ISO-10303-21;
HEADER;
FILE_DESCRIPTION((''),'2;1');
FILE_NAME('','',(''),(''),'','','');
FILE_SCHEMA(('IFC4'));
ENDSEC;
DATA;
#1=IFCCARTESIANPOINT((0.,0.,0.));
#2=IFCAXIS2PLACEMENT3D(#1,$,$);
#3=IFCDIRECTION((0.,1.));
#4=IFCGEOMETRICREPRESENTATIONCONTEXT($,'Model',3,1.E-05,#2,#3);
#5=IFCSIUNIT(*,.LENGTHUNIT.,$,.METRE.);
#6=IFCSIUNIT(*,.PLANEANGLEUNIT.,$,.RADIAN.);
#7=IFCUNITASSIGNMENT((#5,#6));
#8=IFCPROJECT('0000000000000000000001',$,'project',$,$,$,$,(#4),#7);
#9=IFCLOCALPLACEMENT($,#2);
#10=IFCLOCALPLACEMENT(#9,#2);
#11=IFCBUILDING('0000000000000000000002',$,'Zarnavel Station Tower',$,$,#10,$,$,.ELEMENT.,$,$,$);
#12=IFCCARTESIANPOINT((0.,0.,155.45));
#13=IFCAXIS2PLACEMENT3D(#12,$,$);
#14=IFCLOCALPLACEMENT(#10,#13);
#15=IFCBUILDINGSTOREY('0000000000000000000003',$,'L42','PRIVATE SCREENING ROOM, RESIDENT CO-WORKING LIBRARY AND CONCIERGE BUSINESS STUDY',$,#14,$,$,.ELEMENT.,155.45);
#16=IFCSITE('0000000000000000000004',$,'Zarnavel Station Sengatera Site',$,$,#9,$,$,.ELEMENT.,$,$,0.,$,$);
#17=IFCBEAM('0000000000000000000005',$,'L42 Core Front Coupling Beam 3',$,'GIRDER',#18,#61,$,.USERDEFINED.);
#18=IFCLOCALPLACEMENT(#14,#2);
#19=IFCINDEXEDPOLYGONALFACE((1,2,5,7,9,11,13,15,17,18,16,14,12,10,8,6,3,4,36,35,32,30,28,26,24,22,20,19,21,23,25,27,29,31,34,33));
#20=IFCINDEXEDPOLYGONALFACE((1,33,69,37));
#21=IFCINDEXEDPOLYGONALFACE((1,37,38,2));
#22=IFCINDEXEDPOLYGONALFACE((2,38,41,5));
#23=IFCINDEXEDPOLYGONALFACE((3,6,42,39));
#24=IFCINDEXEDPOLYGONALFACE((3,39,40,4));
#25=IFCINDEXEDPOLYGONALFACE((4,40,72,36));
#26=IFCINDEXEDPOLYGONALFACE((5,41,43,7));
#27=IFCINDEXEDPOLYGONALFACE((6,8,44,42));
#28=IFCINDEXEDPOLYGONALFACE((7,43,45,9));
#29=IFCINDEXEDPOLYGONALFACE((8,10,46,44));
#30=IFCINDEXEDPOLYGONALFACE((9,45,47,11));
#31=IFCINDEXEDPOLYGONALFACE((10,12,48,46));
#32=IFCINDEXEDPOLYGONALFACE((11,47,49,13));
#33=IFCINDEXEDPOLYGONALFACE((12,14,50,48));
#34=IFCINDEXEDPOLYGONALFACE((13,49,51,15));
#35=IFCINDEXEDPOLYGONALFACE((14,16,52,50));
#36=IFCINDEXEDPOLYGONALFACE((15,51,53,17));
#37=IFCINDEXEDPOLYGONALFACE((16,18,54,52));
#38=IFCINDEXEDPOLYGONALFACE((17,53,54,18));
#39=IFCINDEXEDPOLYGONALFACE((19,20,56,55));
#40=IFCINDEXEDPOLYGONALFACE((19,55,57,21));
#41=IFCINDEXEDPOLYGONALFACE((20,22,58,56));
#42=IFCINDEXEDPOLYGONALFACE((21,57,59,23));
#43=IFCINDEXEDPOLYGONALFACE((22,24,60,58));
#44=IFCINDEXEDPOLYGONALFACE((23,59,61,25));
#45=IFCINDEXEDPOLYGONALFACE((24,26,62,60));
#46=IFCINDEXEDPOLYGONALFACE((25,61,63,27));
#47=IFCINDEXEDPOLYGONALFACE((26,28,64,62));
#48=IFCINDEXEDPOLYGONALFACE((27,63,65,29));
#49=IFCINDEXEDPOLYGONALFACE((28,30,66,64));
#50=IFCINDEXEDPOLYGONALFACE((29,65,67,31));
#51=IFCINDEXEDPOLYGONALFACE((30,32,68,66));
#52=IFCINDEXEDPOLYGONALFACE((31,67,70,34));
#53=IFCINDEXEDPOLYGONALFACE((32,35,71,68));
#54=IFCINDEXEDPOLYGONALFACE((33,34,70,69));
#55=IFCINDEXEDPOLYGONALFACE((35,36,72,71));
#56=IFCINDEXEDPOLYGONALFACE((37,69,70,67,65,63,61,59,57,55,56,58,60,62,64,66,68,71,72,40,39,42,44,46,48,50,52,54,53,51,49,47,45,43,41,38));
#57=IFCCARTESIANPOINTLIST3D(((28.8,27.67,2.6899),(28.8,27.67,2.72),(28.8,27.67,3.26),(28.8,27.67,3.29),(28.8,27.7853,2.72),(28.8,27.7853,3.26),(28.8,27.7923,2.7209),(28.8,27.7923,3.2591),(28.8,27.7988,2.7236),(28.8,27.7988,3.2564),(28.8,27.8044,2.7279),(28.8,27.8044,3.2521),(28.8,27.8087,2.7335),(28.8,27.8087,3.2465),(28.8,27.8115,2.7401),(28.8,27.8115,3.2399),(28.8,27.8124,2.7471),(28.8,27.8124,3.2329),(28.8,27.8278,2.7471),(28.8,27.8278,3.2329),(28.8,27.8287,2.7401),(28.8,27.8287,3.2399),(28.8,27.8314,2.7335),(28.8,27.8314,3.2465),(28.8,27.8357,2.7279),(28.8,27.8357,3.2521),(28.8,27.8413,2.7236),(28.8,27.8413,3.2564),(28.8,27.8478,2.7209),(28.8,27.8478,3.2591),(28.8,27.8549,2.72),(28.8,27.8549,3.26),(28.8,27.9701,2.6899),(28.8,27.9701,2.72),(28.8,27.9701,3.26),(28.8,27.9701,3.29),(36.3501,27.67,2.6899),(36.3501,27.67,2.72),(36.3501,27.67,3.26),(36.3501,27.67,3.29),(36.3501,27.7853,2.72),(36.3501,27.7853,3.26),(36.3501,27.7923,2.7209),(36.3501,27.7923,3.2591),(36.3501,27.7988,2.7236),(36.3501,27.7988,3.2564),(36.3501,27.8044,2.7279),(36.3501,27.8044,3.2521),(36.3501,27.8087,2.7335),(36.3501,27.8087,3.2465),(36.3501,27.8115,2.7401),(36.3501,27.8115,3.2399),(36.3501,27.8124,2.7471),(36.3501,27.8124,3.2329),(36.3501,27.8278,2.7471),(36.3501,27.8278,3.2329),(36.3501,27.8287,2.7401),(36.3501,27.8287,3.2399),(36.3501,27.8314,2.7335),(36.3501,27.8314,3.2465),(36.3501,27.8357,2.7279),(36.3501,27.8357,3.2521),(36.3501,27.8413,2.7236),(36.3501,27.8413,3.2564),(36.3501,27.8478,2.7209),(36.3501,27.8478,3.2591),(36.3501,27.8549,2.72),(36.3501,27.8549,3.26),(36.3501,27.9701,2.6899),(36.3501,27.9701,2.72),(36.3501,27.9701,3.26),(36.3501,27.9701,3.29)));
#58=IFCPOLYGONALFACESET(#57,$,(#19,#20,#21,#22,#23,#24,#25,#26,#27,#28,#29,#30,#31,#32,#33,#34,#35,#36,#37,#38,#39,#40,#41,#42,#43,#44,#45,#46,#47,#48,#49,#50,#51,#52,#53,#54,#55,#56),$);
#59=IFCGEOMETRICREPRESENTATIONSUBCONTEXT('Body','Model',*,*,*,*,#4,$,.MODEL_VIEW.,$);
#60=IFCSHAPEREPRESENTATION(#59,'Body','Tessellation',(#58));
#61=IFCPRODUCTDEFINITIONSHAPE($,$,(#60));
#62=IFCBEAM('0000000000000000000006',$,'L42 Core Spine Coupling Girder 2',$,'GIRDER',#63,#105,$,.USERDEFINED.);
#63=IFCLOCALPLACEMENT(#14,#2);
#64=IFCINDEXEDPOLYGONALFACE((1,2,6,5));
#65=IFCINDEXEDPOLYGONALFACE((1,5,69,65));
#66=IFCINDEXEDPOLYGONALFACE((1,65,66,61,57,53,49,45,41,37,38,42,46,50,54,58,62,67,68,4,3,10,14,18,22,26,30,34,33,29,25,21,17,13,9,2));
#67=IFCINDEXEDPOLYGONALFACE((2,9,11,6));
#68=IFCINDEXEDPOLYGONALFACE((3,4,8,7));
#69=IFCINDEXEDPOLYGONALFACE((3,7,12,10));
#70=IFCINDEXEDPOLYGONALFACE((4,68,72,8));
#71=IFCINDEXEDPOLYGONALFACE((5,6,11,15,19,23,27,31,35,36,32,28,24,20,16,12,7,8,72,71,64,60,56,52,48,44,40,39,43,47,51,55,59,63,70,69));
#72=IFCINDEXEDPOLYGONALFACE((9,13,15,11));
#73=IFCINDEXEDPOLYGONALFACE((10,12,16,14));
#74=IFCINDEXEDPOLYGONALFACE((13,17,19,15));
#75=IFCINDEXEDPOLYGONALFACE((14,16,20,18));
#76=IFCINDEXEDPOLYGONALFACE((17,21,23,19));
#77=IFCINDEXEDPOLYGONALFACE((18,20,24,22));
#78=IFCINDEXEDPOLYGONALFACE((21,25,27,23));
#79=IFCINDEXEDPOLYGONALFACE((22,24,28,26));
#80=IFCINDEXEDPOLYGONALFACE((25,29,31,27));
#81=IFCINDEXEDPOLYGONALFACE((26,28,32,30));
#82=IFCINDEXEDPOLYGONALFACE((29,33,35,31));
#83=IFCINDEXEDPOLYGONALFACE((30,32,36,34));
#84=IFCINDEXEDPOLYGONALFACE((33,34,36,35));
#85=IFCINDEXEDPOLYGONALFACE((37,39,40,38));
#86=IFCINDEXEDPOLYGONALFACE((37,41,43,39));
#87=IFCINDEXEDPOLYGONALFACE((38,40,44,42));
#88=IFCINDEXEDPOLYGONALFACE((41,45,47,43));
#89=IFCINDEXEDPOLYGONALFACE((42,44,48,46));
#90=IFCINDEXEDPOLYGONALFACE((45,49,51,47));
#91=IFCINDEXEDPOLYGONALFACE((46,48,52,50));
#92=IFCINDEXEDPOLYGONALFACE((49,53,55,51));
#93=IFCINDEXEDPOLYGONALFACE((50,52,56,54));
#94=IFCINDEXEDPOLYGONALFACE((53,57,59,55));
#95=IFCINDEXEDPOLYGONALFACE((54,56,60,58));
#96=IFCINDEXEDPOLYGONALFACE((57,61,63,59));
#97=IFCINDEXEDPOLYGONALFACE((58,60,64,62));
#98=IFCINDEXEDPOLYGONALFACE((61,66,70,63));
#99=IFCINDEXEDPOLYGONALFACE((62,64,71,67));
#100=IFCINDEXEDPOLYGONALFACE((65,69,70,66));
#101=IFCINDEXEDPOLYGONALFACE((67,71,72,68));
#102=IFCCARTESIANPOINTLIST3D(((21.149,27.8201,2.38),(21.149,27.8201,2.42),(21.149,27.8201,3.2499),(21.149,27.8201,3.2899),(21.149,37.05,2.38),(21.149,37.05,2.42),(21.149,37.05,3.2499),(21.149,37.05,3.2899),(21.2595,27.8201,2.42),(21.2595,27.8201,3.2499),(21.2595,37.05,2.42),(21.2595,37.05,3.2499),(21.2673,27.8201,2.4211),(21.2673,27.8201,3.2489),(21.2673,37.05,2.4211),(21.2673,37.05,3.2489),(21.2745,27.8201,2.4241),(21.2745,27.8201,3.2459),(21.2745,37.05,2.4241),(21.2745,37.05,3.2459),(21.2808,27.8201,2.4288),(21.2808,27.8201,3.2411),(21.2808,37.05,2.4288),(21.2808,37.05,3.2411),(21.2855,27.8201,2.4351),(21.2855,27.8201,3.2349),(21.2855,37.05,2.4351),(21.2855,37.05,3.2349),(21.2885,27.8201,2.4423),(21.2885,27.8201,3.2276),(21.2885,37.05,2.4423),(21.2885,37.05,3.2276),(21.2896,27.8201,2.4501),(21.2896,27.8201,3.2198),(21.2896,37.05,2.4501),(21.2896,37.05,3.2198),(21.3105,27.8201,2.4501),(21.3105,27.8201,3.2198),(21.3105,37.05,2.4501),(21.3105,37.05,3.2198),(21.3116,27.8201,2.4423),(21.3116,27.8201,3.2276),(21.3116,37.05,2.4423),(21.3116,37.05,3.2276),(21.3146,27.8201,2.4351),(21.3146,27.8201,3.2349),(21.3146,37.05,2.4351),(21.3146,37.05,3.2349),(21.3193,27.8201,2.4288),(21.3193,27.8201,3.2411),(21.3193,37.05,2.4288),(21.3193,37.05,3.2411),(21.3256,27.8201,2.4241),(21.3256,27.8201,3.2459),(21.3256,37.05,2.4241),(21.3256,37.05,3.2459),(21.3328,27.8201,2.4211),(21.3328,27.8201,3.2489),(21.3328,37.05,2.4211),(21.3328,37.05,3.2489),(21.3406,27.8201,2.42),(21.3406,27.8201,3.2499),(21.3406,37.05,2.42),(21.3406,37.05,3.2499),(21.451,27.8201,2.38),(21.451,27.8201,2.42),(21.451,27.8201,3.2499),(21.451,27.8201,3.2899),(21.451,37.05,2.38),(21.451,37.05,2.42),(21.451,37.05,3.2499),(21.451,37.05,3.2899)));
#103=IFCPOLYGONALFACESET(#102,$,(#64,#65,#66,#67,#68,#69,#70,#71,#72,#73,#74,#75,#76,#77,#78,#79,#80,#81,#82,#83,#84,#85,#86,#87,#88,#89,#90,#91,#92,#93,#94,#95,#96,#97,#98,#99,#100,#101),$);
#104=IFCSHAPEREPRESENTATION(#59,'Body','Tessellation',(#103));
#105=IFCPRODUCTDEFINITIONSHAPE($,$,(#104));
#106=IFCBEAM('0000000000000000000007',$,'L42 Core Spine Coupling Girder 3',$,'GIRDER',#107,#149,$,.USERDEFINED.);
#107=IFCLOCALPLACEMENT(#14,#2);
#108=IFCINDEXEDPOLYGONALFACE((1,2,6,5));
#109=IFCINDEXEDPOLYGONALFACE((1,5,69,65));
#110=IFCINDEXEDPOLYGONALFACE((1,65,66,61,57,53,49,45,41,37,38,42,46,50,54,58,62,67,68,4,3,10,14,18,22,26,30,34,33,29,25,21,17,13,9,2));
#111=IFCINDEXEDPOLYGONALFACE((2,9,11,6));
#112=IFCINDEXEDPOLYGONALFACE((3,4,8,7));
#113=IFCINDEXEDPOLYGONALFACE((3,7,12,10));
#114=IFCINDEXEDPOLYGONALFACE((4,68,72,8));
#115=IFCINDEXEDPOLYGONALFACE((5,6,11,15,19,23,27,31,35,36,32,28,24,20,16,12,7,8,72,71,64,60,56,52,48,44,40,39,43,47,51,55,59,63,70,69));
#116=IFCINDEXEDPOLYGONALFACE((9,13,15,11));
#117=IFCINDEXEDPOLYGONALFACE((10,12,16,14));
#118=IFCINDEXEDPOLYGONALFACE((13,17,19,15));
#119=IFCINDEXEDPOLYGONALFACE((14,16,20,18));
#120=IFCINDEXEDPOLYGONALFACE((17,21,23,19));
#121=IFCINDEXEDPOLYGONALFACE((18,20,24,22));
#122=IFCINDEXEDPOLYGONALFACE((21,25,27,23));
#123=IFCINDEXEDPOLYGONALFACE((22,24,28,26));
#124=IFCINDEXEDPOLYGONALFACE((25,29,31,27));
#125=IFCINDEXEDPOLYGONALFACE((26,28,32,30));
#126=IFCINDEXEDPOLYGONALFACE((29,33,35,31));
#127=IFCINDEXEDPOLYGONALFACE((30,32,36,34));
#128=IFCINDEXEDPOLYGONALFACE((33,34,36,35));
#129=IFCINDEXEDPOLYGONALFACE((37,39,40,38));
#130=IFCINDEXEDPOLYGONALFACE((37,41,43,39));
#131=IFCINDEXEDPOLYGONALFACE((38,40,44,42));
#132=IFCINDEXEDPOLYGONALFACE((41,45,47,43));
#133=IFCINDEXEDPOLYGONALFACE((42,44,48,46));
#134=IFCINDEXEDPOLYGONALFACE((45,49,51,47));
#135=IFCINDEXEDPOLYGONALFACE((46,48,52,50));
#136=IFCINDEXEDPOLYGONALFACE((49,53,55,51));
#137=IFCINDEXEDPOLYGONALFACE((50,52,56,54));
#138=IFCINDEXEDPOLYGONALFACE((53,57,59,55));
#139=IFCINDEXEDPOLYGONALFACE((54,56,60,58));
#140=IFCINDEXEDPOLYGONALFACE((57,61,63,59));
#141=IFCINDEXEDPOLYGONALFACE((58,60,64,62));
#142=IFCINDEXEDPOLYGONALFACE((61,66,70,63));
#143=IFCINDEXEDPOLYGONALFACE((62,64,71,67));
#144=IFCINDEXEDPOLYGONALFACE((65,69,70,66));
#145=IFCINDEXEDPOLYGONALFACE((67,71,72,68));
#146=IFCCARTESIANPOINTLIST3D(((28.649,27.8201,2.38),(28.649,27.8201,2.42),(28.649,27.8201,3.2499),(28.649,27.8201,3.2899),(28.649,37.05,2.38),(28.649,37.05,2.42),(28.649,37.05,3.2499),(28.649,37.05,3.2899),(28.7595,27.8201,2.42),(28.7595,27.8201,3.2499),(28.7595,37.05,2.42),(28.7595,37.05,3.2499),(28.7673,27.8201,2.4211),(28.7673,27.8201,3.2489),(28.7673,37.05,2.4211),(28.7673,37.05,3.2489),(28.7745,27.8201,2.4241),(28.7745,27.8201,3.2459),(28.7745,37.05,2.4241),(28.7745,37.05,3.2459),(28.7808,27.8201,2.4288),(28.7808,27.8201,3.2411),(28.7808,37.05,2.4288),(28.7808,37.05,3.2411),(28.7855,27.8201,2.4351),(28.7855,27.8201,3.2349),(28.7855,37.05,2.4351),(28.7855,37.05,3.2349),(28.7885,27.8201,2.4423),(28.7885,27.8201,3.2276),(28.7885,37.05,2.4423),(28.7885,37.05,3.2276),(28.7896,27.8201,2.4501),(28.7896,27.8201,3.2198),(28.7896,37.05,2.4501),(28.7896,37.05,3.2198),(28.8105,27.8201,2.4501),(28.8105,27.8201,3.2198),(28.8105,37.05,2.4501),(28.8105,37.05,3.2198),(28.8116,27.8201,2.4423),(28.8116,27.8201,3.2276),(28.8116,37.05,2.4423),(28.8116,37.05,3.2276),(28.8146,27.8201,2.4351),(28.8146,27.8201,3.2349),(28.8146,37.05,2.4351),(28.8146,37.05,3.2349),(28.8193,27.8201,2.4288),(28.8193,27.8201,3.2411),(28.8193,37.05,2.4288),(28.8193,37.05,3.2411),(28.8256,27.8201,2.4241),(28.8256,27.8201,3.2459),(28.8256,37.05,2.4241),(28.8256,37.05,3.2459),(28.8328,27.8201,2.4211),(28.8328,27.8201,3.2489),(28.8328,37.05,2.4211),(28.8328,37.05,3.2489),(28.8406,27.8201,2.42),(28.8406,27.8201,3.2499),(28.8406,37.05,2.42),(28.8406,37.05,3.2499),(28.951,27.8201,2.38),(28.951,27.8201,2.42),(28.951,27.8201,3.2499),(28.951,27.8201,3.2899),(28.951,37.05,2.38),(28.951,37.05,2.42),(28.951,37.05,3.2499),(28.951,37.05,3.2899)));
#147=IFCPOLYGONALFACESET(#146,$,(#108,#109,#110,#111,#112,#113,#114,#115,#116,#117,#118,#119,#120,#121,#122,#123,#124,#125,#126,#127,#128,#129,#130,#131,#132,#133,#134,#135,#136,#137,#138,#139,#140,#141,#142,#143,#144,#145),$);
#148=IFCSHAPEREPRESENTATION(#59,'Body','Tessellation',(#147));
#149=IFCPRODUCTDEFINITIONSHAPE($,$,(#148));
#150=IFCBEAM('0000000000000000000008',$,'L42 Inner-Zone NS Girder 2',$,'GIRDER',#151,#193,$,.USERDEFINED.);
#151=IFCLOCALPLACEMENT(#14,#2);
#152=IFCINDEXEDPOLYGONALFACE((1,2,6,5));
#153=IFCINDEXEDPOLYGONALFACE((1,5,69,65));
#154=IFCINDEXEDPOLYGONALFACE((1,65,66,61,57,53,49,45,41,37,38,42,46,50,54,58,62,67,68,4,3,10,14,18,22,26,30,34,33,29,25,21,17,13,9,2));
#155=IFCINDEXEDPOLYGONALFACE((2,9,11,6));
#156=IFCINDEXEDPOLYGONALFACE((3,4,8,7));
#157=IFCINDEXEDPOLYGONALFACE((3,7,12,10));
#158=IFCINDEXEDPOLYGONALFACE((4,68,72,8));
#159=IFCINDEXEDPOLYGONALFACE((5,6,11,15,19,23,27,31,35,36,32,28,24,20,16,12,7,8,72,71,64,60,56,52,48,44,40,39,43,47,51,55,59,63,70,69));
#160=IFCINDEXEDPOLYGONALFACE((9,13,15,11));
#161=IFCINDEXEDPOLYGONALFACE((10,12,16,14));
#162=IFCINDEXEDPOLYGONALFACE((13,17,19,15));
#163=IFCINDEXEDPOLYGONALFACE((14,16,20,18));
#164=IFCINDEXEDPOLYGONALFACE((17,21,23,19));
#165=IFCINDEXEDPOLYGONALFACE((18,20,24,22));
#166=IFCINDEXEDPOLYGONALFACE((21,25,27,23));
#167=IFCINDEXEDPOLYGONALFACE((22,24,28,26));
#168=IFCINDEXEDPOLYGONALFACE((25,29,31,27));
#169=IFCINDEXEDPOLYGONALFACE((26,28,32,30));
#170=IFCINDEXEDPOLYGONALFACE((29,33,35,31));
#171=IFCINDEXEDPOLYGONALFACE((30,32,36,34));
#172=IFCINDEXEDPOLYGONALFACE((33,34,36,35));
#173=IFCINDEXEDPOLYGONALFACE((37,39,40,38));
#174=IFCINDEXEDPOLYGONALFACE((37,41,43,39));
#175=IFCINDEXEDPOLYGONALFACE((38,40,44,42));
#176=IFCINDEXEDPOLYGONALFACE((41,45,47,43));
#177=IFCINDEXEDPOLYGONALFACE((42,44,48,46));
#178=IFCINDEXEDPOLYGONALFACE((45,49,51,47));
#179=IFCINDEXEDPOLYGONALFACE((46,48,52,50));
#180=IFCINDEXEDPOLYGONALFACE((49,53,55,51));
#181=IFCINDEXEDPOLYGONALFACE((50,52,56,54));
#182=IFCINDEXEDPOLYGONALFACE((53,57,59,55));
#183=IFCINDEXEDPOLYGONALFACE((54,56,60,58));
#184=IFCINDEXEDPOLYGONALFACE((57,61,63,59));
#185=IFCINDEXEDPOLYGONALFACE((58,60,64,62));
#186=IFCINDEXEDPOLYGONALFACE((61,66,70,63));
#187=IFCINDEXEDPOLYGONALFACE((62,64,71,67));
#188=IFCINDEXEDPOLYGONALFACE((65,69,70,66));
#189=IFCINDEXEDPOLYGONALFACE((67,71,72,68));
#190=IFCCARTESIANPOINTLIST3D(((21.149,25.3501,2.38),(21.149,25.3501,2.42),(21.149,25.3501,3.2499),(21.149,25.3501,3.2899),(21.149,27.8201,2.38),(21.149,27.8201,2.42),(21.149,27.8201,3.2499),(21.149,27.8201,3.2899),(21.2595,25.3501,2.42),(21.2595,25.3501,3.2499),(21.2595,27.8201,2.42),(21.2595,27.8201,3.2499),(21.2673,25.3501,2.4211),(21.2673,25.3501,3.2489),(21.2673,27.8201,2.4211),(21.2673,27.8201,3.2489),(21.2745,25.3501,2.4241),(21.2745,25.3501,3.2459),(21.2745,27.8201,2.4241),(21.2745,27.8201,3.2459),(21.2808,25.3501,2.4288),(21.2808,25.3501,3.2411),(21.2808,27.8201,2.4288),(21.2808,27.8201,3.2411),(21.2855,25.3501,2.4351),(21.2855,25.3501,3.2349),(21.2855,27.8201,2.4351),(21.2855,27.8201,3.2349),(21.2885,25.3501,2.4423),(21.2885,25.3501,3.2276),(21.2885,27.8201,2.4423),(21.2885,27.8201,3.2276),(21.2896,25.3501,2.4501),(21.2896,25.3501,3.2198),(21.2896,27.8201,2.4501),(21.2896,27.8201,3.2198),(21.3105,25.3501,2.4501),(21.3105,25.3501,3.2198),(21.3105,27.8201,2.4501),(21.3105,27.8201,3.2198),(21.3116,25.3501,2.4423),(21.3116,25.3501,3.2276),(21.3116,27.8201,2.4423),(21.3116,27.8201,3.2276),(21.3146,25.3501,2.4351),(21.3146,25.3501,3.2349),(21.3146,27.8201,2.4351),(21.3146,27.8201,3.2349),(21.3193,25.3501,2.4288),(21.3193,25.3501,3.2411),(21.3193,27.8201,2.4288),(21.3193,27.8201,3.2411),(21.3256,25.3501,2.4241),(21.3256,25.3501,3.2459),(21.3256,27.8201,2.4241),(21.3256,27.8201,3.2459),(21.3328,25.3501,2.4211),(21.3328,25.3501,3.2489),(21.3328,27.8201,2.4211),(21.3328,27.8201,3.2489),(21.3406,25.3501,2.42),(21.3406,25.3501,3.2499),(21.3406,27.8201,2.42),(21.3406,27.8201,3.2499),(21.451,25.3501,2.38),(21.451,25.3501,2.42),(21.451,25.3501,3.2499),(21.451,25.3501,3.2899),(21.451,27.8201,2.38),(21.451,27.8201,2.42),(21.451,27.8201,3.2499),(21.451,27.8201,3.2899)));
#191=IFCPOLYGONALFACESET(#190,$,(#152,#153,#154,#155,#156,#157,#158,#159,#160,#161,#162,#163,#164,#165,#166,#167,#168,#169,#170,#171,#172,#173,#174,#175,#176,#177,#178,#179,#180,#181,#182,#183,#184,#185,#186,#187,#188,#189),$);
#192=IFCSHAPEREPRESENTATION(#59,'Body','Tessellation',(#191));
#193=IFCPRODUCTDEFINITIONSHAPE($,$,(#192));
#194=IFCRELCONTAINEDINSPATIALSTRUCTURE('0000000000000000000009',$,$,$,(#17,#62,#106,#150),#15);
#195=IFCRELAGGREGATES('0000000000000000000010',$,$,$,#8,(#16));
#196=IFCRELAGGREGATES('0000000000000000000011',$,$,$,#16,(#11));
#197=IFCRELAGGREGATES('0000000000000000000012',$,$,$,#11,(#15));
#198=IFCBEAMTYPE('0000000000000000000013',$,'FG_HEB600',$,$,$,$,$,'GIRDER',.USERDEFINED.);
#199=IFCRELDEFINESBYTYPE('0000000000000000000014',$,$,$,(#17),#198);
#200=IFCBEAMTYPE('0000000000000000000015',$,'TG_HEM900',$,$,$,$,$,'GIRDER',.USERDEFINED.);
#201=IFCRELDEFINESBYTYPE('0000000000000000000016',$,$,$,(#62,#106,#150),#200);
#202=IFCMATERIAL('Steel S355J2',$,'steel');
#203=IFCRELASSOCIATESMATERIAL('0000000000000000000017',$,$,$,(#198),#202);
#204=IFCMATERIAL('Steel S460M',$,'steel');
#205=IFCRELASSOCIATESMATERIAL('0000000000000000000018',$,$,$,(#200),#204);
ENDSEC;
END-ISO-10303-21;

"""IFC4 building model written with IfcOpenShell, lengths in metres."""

from ifc_helpers import new_model, si_unit, direction, frame, origin, origin_2d, place, context, subcontext, project, spatial, i_section, extrude, material, material_profile, profile_set, type_object, element, save


model = new_model("IFC4")

# Units and contexts
model_context = context("Model", 3, precision=1e-05, world=origin(), true_north=direction((0.0, 1.0)))
body_context = subcontext(model_context, "Body", "Model", "MODEL_VIEW")
ifc_project = project(units=[si_unit("LENGTHUNIT", "METRE"), si_unit("PLANEANGLEUNIT", "RADIAN")], contexts=[model_context])

# Site, building, storey
site_placement = place(None, origin())
site = spatial("IfcSite", under=ifc_project, at=site_placement, Name="Zarnavel Station Sengatera Site", CompositionType="ELEMENT", RefElevation=0.0)
building_placement = place(site_placement, origin())
building = spatial("IfcBuilding", under=site, at=building_placement, Name="Zarnavel Station Tower", CompositionType="ELEMENT")
storey_placement = place(building_placement, frame((0.0, 0.0, 155.45)))
storey = spatial("IfcBuildingStorey", under=building, at=storey_placement, Name="L42", Description="PRIVATE SCREENING ROOM, RESIDENT CO-WORKING LIBRARY AND CONCIERGE BUSINESS STUDY", CompositionType="ELEMENT", Elevation=155.45)

# Beams
ifc_material_1 = material(Name="Steel S355J2", Category="steel")
ifc_material_profile_1 = material_profile(ifc_material_1, i_section(OverallWidth=0.3, OverallDepth=0.6001, WebThickness=0.0154, FlangeThickness=0.03, FilletRadius=0.0271, at=origin_2d()), Name="HEB600")
ifc_profile_set_1 = profile_set([ifc_material_profile_1], Name="Steel S355J2")
beam_type_1 = type_object("IfcBeamType", Name="FG_HEB600", ElementType="GIRDER", PredefinedType="USERDEFINED", material=ifc_profile_set_1)
beam_1_placement = place(storey_placement, frame((28.8, 27.8201, 2.99), z_axis=(1.0, 0.0, 0.0), x_axis=(0.0, 1.0, 0.0)))
element("IfcBeam", 1, at=beam_1_placement, inside=storey, type_object=beam_type_1, Name="L42 Core Front Coupling Beam 3", ObjectType="GIRDER", PredefinedType="USERDEFINED", context=body_context, shape_type="SweptSolid", body=[
    extrude(i_section(OverallWidth=0.3, OverallDepth=0.6001, WebThickness=0.0154, FlangeThickness=0.03, FilletRadius=0.0271, at=origin_2d()), origin(), (0.0, 0.0, 1.0), 7.55),
])
ifc_material_2 = material(Name="Steel S460M", Category="steel")
ifc_material_profile_2 = material_profile(ifc_material_2, i_section(OverallWidth=0.302, OverallDepth=0.9099, WebThickness=0.021, FlangeThickness=0.04, FilletRadius=0.03, at=origin_2d()), Name="HEM900")
ifc_profile_set_2 = profile_set([ifc_material_profile_2], Name="Steel S460M")
beam_type_2 = type_object("IfcBeamType", Name="TG_HEM900", ElementType="GIRDER", PredefinedType="USERDEFINED", material=ifc_profile_set_2)
for number, where, z_axis, x_axis, name in (
    (2, (21.3, 27.8201, 2.835), (0.0, 1.0, 0.0), (-1.0, 0.0, 0.0), "L42 Core Spine Coupling Girder 2"),
    (3, (28.8, 27.8201, 2.835), (0.0, 1.0, 0.0), (-1.0, 0.0, 0.0), "L42 Core Spine Coupling Girder 3"),
):
    element("IfcBeam", number, at=place(storey_placement, frame(where, z_axis=z_axis, x_axis=x_axis)), inside=storey, type_object=beam_type_2, Name=name, ObjectType="GIRDER", PredefinedType="USERDEFINED", context=body_context, shape_type="SweptSolid", body=[
        extrude(i_section(OverallWidth=0.302, OverallDepth=0.9099, WebThickness=0.021, FlangeThickness=0.04, FilletRadius=0.03, at=origin_2d()), origin(), (0.0, 0.0, 1.0), 9.23),
    ])
beam_2_placement = place(storey_placement, frame((21.3, 25.3501, 2.835), z_axis=(0.0, 1.0, 0.0), x_axis=(-1.0, 0.0, 0.0)))
element("IfcBeam", 4, at=beam_2_placement, inside=storey, type_object=beam_type_2, Name="L42 Inner-Zone NS Girder 2", ObjectType="GIRDER", PredefinedType="USERDEFINED", context=body_context, shape_type="SweptSolid", body=[
    extrude(i_section(OverallWidth=0.302, OverallDepth=0.9099, WebThickness=0.021, FlangeThickness=0.04, FilletRadius=0.03, at=origin_2d()), origin(), (0.0, 0.0, 1.0), 2.47),
])

save(model, "model.ifc")
